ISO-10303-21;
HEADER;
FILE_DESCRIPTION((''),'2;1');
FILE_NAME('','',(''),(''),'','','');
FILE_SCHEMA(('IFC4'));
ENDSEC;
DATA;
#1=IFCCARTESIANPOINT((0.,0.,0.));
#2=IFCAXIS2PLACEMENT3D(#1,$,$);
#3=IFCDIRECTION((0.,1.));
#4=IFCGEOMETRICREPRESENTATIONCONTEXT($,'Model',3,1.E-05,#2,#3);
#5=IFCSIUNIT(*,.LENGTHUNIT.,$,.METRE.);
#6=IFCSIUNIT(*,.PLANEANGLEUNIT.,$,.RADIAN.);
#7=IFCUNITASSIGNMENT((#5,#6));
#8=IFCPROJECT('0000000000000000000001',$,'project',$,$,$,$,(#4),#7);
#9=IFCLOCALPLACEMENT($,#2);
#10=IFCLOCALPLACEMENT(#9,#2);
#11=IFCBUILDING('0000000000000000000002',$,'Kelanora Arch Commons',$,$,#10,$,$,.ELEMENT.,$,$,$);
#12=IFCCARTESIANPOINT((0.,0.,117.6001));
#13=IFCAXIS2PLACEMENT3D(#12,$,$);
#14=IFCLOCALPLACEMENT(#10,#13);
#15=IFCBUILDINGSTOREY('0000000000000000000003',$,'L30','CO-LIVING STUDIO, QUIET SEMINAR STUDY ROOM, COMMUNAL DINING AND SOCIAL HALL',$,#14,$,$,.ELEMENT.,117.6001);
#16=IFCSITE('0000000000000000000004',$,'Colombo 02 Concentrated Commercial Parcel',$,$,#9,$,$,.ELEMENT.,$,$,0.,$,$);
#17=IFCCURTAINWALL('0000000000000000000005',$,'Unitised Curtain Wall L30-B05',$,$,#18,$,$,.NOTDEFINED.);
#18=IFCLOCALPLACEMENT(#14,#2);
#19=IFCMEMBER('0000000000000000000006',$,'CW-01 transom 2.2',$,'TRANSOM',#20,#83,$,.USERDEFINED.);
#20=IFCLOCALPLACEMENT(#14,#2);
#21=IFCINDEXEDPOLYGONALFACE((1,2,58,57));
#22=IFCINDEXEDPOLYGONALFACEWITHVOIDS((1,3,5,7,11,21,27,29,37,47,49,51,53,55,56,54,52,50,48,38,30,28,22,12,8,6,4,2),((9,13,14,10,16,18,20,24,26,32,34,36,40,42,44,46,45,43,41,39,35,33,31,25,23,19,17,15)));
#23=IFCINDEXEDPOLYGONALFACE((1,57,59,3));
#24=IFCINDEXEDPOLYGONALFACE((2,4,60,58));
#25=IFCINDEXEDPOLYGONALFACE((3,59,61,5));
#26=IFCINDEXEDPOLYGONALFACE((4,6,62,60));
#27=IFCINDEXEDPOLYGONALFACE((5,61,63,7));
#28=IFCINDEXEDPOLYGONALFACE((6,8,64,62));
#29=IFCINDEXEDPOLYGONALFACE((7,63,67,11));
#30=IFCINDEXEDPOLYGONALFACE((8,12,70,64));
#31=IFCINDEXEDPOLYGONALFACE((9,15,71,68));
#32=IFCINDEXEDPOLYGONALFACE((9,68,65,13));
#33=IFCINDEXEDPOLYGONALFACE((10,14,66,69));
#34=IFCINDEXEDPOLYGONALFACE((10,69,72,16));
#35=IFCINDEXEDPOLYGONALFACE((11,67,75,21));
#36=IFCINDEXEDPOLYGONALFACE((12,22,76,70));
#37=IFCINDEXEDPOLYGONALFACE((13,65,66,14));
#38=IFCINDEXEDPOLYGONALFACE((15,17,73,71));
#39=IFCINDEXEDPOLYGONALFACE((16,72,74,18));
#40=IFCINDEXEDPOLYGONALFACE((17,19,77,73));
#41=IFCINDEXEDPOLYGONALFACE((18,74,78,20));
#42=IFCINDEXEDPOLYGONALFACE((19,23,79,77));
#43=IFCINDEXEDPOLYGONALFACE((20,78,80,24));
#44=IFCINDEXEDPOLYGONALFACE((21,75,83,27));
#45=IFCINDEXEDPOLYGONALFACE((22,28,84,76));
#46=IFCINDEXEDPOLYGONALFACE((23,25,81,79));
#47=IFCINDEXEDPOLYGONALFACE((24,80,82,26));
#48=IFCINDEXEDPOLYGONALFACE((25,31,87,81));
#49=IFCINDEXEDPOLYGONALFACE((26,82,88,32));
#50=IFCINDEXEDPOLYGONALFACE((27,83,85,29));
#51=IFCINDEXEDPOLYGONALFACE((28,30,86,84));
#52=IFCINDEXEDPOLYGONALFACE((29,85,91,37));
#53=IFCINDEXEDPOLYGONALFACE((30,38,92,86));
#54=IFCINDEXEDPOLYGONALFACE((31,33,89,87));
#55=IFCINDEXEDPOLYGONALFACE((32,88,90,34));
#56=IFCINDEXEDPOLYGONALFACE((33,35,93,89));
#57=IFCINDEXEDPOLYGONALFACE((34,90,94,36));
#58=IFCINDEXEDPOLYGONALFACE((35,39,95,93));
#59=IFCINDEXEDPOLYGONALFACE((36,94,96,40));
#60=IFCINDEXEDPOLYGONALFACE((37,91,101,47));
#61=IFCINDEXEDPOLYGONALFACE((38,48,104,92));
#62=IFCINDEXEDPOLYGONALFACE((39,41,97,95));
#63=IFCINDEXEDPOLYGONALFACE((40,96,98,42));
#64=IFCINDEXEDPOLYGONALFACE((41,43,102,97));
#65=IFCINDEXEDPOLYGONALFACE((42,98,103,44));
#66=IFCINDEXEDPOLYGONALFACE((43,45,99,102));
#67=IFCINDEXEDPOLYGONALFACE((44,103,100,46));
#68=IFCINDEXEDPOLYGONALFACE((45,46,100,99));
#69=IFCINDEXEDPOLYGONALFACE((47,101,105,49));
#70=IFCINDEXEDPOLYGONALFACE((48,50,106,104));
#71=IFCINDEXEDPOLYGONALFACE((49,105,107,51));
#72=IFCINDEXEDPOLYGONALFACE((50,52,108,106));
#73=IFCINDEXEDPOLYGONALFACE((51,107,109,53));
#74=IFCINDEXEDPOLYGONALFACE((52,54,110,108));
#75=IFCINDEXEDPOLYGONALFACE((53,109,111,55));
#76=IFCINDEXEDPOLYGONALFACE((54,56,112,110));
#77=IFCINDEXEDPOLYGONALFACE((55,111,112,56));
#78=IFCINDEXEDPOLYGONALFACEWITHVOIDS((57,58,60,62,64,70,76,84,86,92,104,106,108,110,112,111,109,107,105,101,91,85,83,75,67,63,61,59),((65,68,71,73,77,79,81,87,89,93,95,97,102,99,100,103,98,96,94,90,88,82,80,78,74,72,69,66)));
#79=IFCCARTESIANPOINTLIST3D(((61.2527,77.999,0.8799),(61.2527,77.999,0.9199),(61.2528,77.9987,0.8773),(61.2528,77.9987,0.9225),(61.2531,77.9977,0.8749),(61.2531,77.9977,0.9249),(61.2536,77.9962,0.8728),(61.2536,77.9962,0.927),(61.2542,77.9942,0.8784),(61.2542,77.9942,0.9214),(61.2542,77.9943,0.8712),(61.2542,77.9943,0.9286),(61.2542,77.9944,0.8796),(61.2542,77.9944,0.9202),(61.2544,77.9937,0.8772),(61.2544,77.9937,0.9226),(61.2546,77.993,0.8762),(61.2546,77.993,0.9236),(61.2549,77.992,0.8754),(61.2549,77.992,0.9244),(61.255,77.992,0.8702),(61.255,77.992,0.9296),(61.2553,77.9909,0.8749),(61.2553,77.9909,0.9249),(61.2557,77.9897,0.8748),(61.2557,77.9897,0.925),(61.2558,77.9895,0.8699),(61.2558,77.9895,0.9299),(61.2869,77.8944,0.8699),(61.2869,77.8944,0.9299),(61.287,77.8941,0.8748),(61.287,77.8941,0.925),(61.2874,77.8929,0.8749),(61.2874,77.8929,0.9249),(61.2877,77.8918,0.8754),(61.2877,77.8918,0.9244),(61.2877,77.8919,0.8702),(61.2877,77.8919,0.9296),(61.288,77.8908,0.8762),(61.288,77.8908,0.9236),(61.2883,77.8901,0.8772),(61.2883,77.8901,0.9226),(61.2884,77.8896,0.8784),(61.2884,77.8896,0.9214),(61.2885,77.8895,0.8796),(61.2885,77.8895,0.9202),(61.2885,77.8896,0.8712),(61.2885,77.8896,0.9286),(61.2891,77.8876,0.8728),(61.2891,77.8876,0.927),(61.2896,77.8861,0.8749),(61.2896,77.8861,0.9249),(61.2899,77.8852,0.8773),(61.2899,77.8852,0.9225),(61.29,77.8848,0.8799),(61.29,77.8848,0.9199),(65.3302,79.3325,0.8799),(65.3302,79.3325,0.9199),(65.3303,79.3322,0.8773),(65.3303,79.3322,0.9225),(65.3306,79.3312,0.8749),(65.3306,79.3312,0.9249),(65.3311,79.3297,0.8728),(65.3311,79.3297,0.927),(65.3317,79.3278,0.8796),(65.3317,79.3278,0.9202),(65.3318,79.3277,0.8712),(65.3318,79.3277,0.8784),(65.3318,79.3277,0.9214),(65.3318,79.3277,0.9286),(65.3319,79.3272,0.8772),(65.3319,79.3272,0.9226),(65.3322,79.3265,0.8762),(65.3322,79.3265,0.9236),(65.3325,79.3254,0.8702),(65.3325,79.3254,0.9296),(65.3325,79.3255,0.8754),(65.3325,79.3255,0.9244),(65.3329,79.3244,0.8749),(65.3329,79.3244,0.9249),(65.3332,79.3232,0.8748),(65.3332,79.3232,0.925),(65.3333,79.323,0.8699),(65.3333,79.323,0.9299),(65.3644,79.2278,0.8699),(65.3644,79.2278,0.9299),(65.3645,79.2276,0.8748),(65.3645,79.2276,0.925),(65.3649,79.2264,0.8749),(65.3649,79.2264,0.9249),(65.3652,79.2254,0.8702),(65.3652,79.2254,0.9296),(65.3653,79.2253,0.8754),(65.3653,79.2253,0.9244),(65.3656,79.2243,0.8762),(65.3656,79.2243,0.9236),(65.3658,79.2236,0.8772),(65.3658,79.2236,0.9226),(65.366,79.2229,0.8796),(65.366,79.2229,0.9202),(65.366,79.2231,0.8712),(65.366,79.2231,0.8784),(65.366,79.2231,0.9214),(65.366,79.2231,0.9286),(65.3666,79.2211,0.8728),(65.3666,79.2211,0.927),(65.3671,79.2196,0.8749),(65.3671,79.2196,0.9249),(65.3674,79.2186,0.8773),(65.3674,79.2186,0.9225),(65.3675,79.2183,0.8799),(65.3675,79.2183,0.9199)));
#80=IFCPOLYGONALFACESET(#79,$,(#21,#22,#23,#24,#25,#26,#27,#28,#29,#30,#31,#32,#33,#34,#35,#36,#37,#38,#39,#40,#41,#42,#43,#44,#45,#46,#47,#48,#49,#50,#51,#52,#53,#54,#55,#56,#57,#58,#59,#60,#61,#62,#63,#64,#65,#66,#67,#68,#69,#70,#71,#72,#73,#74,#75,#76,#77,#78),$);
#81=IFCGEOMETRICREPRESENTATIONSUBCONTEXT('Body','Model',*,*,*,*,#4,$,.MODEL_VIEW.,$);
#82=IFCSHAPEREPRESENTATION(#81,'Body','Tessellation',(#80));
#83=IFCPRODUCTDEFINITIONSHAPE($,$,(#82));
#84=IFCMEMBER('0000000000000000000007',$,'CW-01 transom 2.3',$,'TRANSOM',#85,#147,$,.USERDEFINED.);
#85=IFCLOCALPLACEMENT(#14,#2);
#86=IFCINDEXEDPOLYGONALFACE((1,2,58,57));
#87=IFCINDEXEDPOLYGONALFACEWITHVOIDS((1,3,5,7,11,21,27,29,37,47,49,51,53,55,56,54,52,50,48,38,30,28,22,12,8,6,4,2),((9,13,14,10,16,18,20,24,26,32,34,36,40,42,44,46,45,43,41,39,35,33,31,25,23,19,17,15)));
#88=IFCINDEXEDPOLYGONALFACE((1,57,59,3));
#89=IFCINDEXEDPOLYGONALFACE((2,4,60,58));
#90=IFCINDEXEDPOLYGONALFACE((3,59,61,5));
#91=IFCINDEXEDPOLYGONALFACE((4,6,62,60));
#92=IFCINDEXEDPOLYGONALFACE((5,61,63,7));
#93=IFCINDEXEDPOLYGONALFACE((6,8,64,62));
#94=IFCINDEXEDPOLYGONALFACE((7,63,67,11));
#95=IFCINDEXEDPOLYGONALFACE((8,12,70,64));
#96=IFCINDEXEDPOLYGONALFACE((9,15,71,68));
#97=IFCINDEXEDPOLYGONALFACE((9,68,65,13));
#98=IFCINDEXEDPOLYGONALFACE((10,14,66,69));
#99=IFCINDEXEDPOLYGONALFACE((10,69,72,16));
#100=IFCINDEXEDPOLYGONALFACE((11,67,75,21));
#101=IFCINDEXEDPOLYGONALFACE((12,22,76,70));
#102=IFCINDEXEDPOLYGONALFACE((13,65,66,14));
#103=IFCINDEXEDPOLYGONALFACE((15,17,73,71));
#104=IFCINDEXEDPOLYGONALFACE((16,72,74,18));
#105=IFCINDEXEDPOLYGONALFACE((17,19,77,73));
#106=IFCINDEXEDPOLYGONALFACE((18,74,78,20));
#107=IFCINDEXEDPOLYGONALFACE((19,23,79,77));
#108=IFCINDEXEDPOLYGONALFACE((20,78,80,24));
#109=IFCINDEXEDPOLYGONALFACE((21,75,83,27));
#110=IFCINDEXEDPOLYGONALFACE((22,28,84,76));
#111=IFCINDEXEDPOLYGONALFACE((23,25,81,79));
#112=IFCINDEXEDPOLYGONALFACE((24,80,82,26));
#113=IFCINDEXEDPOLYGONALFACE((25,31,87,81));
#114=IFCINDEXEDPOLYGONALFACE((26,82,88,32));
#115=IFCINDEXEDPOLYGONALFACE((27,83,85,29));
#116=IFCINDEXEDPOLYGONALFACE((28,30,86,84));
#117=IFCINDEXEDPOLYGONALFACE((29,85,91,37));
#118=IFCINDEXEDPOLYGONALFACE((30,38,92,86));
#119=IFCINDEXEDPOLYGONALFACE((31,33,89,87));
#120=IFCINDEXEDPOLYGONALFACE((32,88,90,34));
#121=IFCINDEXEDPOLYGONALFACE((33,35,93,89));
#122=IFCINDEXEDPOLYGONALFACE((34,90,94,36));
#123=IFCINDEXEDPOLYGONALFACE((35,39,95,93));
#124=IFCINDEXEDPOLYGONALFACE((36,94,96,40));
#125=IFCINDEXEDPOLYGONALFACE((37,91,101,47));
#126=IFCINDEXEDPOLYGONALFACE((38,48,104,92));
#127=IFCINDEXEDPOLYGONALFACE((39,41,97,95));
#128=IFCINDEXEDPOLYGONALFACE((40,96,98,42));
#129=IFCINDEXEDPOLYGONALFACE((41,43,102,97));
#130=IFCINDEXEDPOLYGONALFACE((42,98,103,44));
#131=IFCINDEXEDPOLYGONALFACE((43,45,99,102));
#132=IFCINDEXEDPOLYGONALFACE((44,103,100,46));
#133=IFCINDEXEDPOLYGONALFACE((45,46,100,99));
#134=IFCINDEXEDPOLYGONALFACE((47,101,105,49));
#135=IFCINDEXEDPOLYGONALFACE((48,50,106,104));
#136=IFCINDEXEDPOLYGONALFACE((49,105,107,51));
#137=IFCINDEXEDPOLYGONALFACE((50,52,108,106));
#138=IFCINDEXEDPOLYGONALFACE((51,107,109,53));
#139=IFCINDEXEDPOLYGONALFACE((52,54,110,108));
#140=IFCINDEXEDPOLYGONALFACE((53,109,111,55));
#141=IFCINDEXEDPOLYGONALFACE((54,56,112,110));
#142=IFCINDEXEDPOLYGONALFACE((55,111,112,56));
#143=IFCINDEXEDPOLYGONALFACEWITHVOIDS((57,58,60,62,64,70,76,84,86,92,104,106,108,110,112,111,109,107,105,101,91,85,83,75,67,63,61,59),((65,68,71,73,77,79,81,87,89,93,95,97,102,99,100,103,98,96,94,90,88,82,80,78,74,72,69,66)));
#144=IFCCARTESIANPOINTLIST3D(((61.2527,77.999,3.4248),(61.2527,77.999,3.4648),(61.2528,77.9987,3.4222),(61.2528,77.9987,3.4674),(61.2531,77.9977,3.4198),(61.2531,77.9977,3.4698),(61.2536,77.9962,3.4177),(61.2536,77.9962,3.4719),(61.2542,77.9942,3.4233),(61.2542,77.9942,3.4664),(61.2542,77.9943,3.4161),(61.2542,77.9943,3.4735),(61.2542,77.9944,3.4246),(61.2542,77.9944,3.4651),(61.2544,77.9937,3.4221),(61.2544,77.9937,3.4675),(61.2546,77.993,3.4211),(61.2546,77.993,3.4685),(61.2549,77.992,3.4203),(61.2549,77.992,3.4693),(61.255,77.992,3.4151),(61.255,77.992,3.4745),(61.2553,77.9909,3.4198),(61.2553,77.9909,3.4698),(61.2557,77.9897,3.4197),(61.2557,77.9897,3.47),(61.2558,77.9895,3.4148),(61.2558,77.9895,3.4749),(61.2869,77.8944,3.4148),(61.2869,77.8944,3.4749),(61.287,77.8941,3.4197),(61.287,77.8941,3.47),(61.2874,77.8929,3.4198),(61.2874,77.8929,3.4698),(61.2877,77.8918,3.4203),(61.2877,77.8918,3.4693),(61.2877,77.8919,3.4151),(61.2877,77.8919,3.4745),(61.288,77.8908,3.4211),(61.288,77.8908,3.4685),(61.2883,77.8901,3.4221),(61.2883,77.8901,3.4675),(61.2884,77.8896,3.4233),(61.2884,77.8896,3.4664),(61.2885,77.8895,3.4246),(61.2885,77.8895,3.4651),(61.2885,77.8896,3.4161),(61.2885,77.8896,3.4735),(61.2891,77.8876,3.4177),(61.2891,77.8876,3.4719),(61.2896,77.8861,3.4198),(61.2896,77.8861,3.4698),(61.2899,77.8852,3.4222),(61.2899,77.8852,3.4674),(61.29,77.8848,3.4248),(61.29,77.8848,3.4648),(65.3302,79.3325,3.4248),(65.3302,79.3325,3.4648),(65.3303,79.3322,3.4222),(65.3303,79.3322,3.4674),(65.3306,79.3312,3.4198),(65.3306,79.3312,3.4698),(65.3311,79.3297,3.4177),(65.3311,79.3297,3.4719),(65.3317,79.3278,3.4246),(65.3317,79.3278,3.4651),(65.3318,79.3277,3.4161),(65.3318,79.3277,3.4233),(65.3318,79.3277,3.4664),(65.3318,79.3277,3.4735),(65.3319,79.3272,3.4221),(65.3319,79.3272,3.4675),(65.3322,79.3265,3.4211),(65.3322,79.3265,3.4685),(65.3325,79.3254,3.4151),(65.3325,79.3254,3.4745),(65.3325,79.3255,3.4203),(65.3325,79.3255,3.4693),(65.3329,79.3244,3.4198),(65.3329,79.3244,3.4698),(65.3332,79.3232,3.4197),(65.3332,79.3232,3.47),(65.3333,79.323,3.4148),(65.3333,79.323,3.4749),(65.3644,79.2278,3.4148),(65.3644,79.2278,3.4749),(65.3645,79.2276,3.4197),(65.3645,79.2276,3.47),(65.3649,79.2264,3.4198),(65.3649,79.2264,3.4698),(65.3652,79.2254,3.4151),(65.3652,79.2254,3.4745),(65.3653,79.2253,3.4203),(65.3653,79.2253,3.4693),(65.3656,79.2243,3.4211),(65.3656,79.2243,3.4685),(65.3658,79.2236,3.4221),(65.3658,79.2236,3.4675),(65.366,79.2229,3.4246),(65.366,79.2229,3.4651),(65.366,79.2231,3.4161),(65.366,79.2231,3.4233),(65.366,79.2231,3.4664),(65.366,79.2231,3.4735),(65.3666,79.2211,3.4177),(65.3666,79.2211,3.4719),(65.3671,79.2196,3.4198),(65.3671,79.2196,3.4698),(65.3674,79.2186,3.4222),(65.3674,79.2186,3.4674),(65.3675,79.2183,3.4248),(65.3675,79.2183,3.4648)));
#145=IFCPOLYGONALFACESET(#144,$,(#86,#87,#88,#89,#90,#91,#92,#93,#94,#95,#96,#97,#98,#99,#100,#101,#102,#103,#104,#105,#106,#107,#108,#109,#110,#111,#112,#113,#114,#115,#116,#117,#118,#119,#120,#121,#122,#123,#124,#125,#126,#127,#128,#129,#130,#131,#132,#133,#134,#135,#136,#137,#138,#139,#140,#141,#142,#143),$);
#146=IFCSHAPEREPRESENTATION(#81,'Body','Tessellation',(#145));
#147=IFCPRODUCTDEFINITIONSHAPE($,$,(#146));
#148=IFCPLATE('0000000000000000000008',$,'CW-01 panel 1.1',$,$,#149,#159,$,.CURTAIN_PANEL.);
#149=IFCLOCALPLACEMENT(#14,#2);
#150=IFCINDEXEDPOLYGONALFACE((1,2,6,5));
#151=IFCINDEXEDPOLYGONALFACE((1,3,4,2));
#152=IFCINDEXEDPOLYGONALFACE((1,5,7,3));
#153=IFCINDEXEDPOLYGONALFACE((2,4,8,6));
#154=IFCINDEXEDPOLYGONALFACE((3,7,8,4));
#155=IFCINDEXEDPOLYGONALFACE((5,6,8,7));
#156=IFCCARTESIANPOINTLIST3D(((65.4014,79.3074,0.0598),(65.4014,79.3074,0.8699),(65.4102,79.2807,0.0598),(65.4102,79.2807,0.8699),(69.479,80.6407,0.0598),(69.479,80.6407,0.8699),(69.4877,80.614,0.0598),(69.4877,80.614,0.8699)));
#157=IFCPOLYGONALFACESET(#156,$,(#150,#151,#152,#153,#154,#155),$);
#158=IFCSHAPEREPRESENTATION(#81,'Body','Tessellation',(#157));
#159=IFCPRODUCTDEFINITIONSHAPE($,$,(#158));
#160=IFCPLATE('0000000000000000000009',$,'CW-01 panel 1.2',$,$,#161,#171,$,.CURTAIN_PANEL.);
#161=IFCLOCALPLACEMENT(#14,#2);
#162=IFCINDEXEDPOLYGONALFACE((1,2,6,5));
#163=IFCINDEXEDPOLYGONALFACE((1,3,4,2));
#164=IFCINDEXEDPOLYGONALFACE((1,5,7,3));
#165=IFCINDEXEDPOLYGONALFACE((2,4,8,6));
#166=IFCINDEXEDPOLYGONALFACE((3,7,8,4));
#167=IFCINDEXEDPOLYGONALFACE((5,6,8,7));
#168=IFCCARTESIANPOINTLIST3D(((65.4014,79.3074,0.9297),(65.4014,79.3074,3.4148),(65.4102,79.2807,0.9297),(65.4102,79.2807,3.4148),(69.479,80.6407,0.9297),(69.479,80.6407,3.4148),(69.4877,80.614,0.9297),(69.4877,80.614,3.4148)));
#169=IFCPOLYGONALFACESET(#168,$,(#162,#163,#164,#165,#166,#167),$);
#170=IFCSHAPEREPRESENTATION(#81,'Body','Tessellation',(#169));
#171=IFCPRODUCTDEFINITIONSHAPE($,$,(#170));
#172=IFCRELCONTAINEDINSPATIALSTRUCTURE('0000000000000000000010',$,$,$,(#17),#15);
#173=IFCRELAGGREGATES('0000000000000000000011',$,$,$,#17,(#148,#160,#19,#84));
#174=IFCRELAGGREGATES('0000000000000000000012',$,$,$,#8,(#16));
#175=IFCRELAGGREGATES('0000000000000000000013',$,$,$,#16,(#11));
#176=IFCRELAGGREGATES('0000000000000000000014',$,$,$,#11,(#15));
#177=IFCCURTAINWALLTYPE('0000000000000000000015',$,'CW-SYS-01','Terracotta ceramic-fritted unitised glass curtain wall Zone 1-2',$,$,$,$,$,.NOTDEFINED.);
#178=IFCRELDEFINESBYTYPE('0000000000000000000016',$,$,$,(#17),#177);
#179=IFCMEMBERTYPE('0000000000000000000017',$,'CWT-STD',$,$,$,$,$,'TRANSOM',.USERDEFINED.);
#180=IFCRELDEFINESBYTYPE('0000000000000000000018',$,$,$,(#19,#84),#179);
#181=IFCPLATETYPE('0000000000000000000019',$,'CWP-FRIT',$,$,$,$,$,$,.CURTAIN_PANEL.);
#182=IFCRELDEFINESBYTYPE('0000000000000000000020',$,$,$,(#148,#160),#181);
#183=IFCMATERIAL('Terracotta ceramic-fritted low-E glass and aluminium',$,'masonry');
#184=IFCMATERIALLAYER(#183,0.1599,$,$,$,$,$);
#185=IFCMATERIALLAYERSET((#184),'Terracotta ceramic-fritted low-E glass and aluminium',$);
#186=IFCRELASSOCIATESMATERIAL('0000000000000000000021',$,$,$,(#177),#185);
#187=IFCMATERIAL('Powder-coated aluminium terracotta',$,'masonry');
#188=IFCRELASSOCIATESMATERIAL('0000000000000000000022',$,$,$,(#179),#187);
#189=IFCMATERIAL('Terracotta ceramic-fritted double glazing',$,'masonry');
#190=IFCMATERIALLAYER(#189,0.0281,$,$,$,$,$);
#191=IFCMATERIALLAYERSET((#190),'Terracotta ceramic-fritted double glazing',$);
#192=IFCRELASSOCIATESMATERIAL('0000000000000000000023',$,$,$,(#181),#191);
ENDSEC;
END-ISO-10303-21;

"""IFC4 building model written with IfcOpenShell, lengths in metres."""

from ifc_helpers import new_model, si_unit, direction, frame, origin, origin_2d, place, context, subcontext, project, spatial, rectangle, hollow_rectangle, extrude, source, transform, mapped, material, layer, layer_set, material_profile, profile_set, type_object, element, aggregate, save


model = new_model("IFC4")

# Units and contexts
model_context = context("Model", 3, precision=1e-05, world=origin(), true_north=direction((0.0, 1.0)))
body_context = subcontext(model_context, "Body", "Model", "MODEL_VIEW")
ifc_project = project(units=[si_unit("LENGTHUNIT", "METRE"), si_unit("PLANEANGLEUNIT", "RADIAN")], contexts=[model_context])

# Site, building, storey
site_placement = place(None, origin())
site = spatial("IfcSite", under=ifc_project, at=site_placement, Name="Colombo 02 Concentrated Commercial Parcel", CompositionType="ELEMENT", RefElevation=0.0)
building_placement = place(site_placement, origin())
building = spatial("IfcBuilding", under=site, at=building_placement, Name="Kelanora Arch Commons", CompositionType="ELEMENT")
storey_placement = place(building_placement, frame((0.0, 0.0, 117.6001)))
storey = spatial("IfcBuildingStorey", under=building, at=storey_placement, Name="L30", Description="CO-LIVING STUDIO, QUIET SEMINAR STUDY ROOM, COMMUNAL DINING AND SOCIAL HALL", CompositionType="ELEMENT", Elevation=117.6001)

# Curtain wall, members, plates
ifc_material_1 = material(Name="Terracotta ceramic-fritted low-E glass and aluminium", Category="masonry")
ifc_layer_1 = layer(ifc_material_1, 0.1599)
ifc_layer_set_1 = layer_set([ifc_layer_1], Name="Terracotta ceramic-fritted low-E glass and aluminium")
curtain_wall_type = type_object("IfcCurtainWallType", Name="CW-SYS-01", Description="Terracotta ceramic-fritted unitised glass curtain wall Zone 1-2", PredefinedType="NOTDEFINED", material=ifc_layer_set_1)
curtain_wall_placement = place(storey_placement, origin())
curtain_wall = element("IfcCurtainWall", 1, at=curtain_wall_placement, inside=storey, type_object=curtain_wall_type, Name="Unitised Curtain Wall L30-B05", PredefinedType="NOTDEFINED")
ifc_material_2 = material(Name="Powder-coated aluminium terracotta", Category="masonry")
ifc_material_profile_1 = material_profile(ifc_material_2, hollow_rectangle(XDim=0.1201, YDim=0.0601, WallThickness=0.0049, InnerFilletRadius=0.0049, OuterFilletRadius=0.01, at=origin_2d()), Name="CWT120x60")
ifc_profile_set_1 = profile_set([ifc_material_profile_1], Name="Powder-coated aluminium terracotta")
member_type_1 = type_object("IfcMemberType", Name="CWT-STD", ElementType="TRANSOM", PredefinedType="USERDEFINED", material=ifc_profile_set_1)
member_1_placement = place(storey_placement, frame((65.3489, 79.2754, 0.8999), z_axis=(-0.950466, -0.310828, 0.0), x_axis=(0.310828, -0.950466, 0.0)))
member_1 = element("IfcMember", 2, at=member_1_placement, type_object=member_type_1, Name="CW-01 transom 2.2", ObjectType="TRANSOM", PredefinedType="USERDEFINED", context=body_context, shape_type="SweptSolid", body=[
    extrude(hollow_rectangle(XDim=0.1201, YDim=0.0601, WallThickness=0.0049, InnerFilletRadius=0.0049, OuterFilletRadius=0.01, at=origin_2d()), origin(), (0.0, 0.0, 1.0), 4.29),
])
member_2_placement = place(storey_placement, frame((65.3489, 79.2754, 3.4448), z_axis=(-0.950466, -0.310828, 0.0), x_axis=(0.310828, -0.950466, 0.0)))
member_2 = element("IfcMember", 3, at=member_2_placement, type_object=member_type_1, Name="CW-01 transom 2.3", ObjectType="TRANSOM", PredefinedType="USERDEFINED", context=body_context, shape_type="SweptSolid", body=[
    extrude(hollow_rectangle(XDim=0.1201, YDim=0.0601, WallThickness=0.0049, InnerFilletRadius=0.0049, OuterFilletRadius=0.01, at=origin_2d()), origin(), (0.0, 0.0, 1.0), 4.29),
])
ifc_material_3 = material(Name="Terracotta ceramic-fritted double glazing", Category="masonry")
ifc_layer_2 = layer(ifc_material_3, 0.0281)
ifc_layer_set_2 = layer_set([ifc_layer_2], Name="Terracotta ceramic-fritted double glazing")
plate_type = type_object("IfcPlateType", Name="CWP-FRIT", PredefinedType="CURTAIN_PANEL", material=ifc_layer_set_2)
shared_shape_1 = source(origin(), body_context, "Body", "SweptSolid", [
    extrude(rectangle(XDim=4.29, YDim=0.0281, at=origin_2d()), origin(), (0.0, 0.0, 1.0), 0.8101),
])
plate_1_placement = place(storey_placement, frame((67.4446, 79.9607, 0.0598), z_axis=(0.0, 0.0, 1.0), x_axis=(-0.950474, -0.310805, 0.0)))
plate_1 = element("IfcPlate", 4, at=plate_1_placement, type_object=plate_type, Name="CW-01 panel 1.1", PredefinedType="CURTAIN_PANEL", context=body_context, shape_type="MappedRepresentation", body=[
    mapped(shared_shape_1, transform((0.0, 0.0, 0.0), scale=1.0)),
])
shared_shape_2 = source(origin(), body_context, "Body", "SweptSolid", [
    extrude(rectangle(XDim=4.29, YDim=0.0281, at=origin_2d()), origin(), (0.0, 0.0, 1.0), 2.4851),
])
plate_2_placement = place(storey_placement, frame((67.4446, 79.9607, 0.9297), z_axis=(0.0, 0.0, 1.0), x_axis=(-0.950474, -0.310805, 0.0)))
plate_2 = element("IfcPlate", 5, at=plate_2_placement, type_object=plate_type, Name="CW-01 panel 1.2", PredefinedType="CURTAIN_PANEL", context=body_context, shape_type="MappedRepresentation", body=[
    mapped(shared_shape_2, transform((0.0, 0.0, 0.0), scale=1.0)),
])
aggregate(curtain_wall, [plate_1, plate_2, member_1, member_2])

save(model, "model.ifc")
